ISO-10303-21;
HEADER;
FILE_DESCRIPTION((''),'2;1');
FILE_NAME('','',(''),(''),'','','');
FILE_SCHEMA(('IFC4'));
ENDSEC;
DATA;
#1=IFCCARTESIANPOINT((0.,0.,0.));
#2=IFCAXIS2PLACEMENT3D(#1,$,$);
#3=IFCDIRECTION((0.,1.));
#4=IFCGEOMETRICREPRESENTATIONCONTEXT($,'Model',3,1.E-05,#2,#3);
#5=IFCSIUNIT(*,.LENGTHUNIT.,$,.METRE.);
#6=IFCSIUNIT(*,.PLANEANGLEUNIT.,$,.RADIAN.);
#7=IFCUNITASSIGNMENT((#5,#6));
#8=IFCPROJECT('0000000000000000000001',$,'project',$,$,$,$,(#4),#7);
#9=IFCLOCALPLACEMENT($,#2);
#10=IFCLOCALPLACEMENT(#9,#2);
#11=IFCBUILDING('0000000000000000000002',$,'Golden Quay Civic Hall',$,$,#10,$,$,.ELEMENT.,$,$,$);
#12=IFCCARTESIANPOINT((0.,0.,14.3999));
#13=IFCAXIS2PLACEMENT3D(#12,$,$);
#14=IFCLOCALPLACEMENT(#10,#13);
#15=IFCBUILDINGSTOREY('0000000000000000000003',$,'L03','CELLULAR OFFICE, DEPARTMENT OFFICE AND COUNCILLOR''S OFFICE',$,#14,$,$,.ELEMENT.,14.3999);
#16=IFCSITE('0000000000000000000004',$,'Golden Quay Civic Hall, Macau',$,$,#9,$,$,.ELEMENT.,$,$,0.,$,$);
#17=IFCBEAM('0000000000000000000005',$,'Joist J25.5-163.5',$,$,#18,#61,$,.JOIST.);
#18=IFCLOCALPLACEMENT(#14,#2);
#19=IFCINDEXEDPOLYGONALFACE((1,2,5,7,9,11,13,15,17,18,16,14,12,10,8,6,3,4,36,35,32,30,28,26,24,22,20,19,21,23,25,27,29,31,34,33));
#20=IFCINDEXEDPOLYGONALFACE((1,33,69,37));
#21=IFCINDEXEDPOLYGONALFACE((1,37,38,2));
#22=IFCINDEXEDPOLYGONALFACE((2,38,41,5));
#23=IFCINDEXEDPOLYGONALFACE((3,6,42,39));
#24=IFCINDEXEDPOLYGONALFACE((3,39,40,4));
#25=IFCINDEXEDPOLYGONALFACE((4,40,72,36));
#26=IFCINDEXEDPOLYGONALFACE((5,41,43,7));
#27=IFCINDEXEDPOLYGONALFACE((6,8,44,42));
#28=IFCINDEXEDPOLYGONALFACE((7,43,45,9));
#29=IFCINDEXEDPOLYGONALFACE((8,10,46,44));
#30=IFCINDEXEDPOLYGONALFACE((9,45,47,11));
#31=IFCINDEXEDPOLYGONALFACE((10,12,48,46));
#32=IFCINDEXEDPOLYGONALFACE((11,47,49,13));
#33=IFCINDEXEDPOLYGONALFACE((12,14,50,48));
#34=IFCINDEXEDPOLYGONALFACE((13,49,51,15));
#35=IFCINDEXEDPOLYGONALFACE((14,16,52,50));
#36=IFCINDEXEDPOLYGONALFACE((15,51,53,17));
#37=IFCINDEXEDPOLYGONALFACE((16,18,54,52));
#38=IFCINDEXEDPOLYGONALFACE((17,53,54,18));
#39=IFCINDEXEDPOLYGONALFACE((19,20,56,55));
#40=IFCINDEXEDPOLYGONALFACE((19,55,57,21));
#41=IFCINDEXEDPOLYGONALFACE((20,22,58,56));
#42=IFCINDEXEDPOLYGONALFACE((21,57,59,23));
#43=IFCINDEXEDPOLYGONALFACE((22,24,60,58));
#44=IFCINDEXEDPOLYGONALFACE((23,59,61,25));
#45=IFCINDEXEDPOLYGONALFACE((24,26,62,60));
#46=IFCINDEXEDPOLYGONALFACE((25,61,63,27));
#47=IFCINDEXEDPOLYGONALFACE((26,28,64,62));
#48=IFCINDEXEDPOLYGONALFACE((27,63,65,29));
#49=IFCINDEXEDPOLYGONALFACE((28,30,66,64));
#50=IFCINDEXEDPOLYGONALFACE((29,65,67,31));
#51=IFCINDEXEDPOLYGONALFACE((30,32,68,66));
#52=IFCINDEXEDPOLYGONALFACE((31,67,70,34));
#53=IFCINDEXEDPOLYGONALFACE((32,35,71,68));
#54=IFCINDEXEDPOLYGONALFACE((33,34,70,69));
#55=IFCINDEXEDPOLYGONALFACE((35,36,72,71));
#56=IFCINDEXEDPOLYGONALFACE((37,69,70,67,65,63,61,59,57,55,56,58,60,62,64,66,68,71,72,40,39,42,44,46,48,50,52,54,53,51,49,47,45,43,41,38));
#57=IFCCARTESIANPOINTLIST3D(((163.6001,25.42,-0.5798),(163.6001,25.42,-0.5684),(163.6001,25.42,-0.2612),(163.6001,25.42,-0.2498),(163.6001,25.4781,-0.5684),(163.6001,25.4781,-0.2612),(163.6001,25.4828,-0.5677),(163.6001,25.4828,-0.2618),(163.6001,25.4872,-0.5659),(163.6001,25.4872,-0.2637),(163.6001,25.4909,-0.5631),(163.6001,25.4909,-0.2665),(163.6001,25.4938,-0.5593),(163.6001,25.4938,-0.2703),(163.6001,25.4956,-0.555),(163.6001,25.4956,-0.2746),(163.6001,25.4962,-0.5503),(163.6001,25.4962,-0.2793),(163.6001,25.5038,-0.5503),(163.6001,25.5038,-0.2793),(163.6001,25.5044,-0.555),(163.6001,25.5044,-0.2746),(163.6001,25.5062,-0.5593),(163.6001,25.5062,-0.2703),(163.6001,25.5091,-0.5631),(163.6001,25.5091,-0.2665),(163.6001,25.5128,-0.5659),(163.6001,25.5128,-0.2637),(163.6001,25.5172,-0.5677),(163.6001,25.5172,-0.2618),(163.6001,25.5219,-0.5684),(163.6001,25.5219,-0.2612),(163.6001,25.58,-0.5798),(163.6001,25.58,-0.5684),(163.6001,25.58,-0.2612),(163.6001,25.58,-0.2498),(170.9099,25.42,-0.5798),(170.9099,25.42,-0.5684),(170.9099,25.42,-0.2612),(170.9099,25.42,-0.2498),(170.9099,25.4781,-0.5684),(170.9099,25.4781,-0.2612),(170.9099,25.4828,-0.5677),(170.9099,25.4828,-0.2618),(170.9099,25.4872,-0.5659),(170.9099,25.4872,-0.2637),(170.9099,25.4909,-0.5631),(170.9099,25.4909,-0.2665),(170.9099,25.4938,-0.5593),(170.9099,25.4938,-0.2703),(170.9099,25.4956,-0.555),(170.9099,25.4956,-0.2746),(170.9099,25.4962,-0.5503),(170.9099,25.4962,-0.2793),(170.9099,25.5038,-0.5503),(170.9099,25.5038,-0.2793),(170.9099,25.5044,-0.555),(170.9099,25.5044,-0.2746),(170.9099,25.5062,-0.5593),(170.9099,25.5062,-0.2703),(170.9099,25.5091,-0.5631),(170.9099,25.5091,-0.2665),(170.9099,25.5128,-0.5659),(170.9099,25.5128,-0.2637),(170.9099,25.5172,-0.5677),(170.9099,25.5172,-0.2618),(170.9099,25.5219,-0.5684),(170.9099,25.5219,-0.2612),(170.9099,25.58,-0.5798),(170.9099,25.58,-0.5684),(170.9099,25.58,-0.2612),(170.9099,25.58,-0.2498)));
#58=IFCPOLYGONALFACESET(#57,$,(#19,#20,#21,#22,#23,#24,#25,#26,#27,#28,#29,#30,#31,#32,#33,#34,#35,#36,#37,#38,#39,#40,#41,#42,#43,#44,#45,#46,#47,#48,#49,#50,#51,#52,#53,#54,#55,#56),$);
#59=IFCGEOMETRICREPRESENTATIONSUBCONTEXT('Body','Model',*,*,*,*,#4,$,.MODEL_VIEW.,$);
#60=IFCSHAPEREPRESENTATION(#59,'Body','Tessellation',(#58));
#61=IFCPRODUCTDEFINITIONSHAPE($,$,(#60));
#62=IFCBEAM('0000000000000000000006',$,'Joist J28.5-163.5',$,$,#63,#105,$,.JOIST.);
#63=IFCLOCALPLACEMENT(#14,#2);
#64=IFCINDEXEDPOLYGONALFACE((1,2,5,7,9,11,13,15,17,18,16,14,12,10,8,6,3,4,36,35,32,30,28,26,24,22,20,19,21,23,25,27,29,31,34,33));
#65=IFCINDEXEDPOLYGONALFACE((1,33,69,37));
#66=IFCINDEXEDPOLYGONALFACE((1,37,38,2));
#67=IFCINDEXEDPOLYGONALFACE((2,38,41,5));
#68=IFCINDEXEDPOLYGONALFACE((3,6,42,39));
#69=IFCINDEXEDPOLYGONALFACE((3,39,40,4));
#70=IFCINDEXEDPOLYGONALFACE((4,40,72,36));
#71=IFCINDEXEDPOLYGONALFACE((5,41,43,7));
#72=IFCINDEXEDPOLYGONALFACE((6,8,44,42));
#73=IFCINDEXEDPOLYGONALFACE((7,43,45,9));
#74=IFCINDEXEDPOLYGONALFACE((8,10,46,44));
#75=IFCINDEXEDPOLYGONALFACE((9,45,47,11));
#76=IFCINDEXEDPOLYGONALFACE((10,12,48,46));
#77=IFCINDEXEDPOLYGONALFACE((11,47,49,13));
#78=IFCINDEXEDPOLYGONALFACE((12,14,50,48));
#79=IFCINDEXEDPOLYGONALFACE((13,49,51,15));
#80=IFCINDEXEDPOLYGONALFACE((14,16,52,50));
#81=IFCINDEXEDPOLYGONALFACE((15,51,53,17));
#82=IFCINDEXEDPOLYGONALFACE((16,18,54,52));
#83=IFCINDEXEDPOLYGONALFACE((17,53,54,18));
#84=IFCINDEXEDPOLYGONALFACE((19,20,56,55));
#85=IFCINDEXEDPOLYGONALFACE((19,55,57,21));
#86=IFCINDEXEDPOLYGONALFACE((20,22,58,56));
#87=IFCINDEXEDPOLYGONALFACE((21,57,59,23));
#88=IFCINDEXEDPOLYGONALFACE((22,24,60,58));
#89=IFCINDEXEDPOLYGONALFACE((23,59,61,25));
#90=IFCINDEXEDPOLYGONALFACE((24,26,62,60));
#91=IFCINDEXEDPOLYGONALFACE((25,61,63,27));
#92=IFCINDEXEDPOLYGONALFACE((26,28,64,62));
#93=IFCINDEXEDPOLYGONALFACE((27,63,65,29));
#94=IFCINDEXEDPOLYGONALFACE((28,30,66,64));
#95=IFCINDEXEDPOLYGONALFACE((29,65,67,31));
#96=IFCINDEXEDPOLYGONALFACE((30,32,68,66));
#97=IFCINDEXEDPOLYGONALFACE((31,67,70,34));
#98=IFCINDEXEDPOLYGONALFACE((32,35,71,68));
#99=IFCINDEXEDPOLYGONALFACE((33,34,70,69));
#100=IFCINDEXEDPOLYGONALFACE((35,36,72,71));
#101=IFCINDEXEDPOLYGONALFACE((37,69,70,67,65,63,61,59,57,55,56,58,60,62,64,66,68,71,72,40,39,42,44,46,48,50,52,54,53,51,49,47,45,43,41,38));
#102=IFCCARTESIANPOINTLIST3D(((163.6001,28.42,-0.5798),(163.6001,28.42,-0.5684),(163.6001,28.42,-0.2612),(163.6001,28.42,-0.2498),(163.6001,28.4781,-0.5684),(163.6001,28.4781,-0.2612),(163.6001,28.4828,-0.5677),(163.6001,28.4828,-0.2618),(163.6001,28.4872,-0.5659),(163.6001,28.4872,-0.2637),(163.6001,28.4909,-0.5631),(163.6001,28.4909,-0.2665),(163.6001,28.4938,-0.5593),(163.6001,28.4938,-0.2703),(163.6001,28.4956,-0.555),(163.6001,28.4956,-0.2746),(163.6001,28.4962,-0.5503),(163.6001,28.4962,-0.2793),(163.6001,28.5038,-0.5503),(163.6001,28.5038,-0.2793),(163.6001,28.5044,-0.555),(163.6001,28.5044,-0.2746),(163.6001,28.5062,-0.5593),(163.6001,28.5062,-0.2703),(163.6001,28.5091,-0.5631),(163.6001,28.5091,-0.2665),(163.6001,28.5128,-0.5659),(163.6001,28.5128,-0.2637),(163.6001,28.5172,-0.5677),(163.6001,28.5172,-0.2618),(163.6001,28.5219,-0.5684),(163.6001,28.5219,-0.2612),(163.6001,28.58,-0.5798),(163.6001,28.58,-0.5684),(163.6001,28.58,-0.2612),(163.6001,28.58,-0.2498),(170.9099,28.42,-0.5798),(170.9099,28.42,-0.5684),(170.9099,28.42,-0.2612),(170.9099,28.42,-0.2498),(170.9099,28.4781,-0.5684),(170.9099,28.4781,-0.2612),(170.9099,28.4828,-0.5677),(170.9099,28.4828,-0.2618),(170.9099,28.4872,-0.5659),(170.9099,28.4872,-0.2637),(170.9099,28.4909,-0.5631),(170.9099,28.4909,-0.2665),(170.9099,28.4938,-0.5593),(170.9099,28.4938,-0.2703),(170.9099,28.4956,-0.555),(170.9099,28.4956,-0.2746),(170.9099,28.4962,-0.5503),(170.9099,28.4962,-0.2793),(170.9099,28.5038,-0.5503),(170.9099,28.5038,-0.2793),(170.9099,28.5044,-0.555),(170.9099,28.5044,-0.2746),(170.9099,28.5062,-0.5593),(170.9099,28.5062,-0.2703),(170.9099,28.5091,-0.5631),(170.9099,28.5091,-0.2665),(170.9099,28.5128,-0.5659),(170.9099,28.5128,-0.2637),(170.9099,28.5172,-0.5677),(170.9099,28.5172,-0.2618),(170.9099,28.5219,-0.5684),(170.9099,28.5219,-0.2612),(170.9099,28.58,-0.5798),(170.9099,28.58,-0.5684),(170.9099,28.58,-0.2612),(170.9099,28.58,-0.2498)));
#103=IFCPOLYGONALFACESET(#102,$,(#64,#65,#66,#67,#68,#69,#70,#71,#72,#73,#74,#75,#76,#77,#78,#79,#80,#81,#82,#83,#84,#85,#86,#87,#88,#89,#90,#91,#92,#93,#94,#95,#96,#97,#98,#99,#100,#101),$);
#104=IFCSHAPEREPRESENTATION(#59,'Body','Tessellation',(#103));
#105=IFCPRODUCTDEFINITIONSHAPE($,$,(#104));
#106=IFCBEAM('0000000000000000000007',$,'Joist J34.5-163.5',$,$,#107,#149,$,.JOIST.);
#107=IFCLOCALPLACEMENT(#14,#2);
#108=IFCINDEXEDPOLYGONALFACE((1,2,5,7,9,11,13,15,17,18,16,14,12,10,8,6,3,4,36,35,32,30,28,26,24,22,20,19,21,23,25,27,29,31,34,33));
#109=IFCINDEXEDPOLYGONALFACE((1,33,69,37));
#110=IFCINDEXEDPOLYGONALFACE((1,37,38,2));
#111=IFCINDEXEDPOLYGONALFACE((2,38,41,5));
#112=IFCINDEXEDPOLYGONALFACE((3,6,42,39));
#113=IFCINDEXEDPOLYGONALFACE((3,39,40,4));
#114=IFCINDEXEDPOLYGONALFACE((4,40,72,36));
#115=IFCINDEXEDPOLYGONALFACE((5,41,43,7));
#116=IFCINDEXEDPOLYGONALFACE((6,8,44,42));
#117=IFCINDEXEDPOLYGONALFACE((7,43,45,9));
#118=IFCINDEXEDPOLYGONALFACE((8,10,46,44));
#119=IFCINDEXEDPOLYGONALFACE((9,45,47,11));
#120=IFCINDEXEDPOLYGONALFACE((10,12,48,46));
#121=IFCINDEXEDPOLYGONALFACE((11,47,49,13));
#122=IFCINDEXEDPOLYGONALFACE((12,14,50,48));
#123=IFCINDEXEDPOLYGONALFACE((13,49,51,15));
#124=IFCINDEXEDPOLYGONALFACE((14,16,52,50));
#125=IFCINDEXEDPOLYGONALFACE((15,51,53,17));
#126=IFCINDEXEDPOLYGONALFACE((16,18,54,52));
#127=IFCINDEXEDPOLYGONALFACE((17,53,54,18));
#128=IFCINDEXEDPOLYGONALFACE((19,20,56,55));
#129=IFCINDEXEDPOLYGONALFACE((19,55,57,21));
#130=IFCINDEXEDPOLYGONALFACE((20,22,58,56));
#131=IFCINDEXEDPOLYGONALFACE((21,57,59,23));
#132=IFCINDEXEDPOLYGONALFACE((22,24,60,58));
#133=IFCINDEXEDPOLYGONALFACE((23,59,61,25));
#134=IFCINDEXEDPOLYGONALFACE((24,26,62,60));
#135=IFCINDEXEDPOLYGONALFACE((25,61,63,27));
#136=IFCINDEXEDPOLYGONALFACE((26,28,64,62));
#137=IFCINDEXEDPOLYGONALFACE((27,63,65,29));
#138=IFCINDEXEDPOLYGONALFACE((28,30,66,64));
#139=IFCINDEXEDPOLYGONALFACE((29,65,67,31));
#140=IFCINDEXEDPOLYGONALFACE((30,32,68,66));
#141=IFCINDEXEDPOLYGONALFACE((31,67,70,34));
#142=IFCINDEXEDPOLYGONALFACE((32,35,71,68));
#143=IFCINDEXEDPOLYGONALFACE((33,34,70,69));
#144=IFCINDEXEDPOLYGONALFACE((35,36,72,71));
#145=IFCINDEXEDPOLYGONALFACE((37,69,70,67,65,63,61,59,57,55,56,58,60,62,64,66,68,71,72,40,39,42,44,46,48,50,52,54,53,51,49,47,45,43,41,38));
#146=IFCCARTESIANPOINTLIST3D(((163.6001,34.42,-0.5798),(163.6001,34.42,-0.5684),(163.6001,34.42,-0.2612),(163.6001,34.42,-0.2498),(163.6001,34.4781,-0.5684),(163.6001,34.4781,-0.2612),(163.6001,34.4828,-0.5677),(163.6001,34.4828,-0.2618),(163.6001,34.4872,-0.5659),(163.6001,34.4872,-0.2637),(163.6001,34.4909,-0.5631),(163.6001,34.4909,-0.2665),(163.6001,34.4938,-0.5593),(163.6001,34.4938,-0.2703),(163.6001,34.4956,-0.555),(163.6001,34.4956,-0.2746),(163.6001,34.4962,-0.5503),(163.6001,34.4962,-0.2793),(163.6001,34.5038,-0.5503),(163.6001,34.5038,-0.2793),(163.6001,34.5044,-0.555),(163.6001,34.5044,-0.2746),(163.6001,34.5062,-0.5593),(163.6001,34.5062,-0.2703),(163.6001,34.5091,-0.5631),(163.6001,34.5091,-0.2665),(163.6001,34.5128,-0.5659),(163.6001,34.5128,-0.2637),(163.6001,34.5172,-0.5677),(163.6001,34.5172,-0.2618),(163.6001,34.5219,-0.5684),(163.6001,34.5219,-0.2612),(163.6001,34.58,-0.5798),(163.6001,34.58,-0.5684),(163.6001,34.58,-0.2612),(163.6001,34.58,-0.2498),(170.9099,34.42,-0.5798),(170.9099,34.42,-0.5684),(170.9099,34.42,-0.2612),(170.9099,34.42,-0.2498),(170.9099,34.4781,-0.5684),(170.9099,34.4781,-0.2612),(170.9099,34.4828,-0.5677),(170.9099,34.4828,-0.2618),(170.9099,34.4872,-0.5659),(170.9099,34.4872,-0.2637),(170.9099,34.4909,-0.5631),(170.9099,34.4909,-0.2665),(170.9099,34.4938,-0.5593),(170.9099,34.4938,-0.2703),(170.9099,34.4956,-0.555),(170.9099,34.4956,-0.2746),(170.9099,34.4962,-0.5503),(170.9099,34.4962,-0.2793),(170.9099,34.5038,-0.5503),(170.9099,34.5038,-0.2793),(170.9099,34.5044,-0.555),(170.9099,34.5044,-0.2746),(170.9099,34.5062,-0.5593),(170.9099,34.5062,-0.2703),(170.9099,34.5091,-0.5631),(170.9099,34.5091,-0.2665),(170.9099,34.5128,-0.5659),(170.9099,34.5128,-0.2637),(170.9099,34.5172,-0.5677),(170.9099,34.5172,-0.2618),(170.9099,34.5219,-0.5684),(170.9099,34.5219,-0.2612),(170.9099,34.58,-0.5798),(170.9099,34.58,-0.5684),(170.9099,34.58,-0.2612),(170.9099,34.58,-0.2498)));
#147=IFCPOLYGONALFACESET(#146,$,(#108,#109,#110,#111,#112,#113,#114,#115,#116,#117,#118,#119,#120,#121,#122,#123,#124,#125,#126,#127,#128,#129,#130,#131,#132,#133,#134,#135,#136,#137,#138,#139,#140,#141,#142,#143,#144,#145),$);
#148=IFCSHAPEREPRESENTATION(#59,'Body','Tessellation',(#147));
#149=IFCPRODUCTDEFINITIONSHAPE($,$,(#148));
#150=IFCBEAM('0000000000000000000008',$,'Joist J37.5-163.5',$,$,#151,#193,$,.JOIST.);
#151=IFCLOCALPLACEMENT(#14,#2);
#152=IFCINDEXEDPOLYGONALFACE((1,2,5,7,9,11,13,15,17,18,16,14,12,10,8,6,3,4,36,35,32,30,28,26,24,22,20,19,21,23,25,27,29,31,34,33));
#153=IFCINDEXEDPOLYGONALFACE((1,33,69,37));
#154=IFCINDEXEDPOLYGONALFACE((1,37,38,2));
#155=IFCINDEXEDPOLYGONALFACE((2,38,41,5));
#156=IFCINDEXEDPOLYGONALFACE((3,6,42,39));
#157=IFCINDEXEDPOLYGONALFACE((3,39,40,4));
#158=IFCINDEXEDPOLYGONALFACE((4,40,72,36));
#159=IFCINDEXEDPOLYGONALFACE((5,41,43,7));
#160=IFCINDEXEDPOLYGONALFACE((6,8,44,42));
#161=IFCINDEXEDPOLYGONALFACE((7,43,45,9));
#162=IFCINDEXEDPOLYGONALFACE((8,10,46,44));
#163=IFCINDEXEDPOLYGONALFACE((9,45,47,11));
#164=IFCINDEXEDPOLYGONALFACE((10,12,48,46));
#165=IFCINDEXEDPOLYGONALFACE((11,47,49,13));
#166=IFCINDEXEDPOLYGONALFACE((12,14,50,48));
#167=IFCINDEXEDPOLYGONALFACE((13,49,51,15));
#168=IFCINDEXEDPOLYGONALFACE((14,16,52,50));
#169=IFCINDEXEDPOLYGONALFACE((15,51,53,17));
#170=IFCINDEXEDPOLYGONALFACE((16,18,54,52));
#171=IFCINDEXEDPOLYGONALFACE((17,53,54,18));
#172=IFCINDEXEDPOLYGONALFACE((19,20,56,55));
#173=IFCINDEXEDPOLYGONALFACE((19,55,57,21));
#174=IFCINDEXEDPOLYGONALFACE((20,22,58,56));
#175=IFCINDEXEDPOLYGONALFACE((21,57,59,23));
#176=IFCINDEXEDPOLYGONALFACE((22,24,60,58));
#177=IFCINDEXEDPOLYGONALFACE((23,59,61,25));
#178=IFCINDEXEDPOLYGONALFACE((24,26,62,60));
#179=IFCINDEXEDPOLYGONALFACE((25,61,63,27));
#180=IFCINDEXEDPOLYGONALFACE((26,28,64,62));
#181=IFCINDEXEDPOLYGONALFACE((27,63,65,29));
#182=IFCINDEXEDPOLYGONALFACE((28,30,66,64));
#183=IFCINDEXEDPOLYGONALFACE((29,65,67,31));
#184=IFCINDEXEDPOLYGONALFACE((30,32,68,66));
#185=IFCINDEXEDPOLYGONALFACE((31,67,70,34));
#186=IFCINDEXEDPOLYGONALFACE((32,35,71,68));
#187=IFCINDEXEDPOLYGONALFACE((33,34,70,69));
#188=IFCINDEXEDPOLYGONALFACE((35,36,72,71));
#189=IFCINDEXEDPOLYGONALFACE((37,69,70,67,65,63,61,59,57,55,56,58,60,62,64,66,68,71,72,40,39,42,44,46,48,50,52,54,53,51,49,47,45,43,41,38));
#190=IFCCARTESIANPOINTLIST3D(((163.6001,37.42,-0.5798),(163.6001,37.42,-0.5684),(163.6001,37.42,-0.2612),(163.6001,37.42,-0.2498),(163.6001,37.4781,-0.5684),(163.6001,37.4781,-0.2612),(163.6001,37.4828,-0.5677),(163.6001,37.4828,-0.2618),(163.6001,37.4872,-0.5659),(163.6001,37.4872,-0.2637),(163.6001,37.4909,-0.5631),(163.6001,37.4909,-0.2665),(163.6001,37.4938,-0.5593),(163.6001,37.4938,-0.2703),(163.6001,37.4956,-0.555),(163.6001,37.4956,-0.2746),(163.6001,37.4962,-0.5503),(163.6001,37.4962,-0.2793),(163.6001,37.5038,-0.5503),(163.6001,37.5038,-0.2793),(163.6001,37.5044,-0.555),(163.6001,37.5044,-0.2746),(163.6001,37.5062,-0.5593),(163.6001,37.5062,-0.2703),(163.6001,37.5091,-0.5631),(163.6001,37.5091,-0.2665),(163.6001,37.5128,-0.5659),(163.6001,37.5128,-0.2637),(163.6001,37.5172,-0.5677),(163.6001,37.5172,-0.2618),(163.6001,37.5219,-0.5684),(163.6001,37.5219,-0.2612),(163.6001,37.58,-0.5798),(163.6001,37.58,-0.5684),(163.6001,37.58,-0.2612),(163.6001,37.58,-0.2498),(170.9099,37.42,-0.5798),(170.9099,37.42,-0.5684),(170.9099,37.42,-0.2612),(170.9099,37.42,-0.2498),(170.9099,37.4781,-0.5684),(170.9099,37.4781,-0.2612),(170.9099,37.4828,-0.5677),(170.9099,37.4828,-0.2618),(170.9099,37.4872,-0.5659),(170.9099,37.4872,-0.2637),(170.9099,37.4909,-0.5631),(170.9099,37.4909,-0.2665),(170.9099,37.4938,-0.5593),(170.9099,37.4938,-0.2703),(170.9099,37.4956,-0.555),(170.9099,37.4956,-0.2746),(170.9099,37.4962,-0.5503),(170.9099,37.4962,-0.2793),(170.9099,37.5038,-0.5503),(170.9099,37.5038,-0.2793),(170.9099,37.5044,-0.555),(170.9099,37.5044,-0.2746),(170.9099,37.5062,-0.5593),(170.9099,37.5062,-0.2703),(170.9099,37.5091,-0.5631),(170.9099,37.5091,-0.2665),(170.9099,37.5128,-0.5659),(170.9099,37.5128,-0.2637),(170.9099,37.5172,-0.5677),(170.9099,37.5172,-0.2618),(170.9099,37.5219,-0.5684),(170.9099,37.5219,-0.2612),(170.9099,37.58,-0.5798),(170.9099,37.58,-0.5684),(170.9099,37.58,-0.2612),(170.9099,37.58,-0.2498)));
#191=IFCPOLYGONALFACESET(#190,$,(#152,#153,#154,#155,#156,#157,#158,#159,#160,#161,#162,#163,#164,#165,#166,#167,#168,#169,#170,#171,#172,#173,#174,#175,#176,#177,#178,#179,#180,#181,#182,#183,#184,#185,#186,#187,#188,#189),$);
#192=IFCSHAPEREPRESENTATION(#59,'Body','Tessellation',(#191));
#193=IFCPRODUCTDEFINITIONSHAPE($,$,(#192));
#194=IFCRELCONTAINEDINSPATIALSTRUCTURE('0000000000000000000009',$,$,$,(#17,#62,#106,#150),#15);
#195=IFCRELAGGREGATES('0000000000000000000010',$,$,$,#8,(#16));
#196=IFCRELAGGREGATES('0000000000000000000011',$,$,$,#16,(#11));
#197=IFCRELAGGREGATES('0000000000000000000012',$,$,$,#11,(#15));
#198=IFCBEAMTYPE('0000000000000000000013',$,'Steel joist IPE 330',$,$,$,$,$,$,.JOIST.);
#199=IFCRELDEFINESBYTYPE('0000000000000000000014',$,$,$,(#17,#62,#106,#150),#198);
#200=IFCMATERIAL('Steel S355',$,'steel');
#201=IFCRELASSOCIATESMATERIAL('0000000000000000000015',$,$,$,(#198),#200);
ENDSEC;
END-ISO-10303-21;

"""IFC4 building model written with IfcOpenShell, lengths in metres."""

from ifc_helpers import new_model, si_unit, direction, frame, origin, origin_2d, place, context, subcontext, project, spatial, i_section, extrude, material, material_profile, profile_set, type_object, element, save


model = new_model("IFC4")

# Units and contexts
model_context = context("Model", 3, precision=1e-05, world=origin(), true_north=direction((0.0, 1.0)))
body_context = subcontext(model_context, "Body", "Model", "MODEL_VIEW")
ifc_project = project(units=[si_unit("LENGTHUNIT", "METRE"), si_unit("PLANEANGLEUNIT", "RADIAN")], contexts=[model_context])

# Site, building, storey
site_placement = place(None, origin())
site = spatial("IfcSite", under=ifc_project, at=site_placement, Name="Golden Quay Civic Hall, Macau", CompositionType="ELEMENT", RefElevation=0.0)
building_placement = place(site_placement, origin())
building = spatial("IfcBuilding", under=site, at=building_placement, Name="Golden Quay Civic Hall", CompositionType="ELEMENT")
storey_placement = place(building_placement, frame((0.0, 0.0, 14.3999)))
storey = spatial("IfcBuildingStorey", under=building, at=storey_placement, Name="L03", Description="CELLULAR OFFICE, DEPARTMENT OFFICE AND COUNCILLOR'S OFFICE", CompositionType="ELEMENT", Elevation=14.3999)

# Beams
ifc_material_1 = material(Name="Steel S355", Category="steel")
ifc_material_profile_1 = material_profile(ifc_material_1, i_section(OverallWidth=0.1599, OverallDepth=0.3301, WebThickness=0.0076, FlangeThickness=0.0115, FilletRadius=0.0181, at=origin_2d()), Name="IPE 330")
ifc_profile_set_1 = profile_set([ifc_material_profile_1], Name="Steel S355")
beam_type_1 = type_object("IfcBeamType", Name="Steel joist IPE 330", PredefinedType="JOIST", material=ifc_profile_set_1)
for number, where, z_axis, x_axis, name in (
    (1, (163.6001, 25.5, -0.4148), (1.0, 0.0, 0.0), (0.0, 1.0, 0.0), "Joist J25.5-163.5"),
    (2, (163.6001, 28.5, -0.4148), (1.0, 0.0, 0.0), (0.0, 1.0, 0.0), "Joist J28.5-163.5"),
    (3, (163.6001, 34.5, -0.4148), (1.0, 0.0, 0.0), (0.0, 1.0, 0.0), "Joist J34.5-163.5"),
    (4, (163.6001, 37.5, -0.4148), (1.0, 0.0, 0.0), (0.0, 1.0, 0.0), "Joist J37.5-163.5"),
):
    element("IfcBeam", number, at=place(storey_placement, frame(where, z_axis=z_axis, x_axis=x_axis)), inside=storey, type_object=beam_type_1, Name=name, PredefinedType="JOIST", context=body_context, shape_type="SweptSolid", body=[
        extrude(i_section(OverallWidth=0.1599, OverallDepth=0.3301, WebThickness=0.0076, FlangeThickness=0.0115, FilletRadius=0.0181, at=origin_2d()), origin(), (0.0, 0.0, 1.0), 7.3098),
    ])

save(model, "model.ifc")
